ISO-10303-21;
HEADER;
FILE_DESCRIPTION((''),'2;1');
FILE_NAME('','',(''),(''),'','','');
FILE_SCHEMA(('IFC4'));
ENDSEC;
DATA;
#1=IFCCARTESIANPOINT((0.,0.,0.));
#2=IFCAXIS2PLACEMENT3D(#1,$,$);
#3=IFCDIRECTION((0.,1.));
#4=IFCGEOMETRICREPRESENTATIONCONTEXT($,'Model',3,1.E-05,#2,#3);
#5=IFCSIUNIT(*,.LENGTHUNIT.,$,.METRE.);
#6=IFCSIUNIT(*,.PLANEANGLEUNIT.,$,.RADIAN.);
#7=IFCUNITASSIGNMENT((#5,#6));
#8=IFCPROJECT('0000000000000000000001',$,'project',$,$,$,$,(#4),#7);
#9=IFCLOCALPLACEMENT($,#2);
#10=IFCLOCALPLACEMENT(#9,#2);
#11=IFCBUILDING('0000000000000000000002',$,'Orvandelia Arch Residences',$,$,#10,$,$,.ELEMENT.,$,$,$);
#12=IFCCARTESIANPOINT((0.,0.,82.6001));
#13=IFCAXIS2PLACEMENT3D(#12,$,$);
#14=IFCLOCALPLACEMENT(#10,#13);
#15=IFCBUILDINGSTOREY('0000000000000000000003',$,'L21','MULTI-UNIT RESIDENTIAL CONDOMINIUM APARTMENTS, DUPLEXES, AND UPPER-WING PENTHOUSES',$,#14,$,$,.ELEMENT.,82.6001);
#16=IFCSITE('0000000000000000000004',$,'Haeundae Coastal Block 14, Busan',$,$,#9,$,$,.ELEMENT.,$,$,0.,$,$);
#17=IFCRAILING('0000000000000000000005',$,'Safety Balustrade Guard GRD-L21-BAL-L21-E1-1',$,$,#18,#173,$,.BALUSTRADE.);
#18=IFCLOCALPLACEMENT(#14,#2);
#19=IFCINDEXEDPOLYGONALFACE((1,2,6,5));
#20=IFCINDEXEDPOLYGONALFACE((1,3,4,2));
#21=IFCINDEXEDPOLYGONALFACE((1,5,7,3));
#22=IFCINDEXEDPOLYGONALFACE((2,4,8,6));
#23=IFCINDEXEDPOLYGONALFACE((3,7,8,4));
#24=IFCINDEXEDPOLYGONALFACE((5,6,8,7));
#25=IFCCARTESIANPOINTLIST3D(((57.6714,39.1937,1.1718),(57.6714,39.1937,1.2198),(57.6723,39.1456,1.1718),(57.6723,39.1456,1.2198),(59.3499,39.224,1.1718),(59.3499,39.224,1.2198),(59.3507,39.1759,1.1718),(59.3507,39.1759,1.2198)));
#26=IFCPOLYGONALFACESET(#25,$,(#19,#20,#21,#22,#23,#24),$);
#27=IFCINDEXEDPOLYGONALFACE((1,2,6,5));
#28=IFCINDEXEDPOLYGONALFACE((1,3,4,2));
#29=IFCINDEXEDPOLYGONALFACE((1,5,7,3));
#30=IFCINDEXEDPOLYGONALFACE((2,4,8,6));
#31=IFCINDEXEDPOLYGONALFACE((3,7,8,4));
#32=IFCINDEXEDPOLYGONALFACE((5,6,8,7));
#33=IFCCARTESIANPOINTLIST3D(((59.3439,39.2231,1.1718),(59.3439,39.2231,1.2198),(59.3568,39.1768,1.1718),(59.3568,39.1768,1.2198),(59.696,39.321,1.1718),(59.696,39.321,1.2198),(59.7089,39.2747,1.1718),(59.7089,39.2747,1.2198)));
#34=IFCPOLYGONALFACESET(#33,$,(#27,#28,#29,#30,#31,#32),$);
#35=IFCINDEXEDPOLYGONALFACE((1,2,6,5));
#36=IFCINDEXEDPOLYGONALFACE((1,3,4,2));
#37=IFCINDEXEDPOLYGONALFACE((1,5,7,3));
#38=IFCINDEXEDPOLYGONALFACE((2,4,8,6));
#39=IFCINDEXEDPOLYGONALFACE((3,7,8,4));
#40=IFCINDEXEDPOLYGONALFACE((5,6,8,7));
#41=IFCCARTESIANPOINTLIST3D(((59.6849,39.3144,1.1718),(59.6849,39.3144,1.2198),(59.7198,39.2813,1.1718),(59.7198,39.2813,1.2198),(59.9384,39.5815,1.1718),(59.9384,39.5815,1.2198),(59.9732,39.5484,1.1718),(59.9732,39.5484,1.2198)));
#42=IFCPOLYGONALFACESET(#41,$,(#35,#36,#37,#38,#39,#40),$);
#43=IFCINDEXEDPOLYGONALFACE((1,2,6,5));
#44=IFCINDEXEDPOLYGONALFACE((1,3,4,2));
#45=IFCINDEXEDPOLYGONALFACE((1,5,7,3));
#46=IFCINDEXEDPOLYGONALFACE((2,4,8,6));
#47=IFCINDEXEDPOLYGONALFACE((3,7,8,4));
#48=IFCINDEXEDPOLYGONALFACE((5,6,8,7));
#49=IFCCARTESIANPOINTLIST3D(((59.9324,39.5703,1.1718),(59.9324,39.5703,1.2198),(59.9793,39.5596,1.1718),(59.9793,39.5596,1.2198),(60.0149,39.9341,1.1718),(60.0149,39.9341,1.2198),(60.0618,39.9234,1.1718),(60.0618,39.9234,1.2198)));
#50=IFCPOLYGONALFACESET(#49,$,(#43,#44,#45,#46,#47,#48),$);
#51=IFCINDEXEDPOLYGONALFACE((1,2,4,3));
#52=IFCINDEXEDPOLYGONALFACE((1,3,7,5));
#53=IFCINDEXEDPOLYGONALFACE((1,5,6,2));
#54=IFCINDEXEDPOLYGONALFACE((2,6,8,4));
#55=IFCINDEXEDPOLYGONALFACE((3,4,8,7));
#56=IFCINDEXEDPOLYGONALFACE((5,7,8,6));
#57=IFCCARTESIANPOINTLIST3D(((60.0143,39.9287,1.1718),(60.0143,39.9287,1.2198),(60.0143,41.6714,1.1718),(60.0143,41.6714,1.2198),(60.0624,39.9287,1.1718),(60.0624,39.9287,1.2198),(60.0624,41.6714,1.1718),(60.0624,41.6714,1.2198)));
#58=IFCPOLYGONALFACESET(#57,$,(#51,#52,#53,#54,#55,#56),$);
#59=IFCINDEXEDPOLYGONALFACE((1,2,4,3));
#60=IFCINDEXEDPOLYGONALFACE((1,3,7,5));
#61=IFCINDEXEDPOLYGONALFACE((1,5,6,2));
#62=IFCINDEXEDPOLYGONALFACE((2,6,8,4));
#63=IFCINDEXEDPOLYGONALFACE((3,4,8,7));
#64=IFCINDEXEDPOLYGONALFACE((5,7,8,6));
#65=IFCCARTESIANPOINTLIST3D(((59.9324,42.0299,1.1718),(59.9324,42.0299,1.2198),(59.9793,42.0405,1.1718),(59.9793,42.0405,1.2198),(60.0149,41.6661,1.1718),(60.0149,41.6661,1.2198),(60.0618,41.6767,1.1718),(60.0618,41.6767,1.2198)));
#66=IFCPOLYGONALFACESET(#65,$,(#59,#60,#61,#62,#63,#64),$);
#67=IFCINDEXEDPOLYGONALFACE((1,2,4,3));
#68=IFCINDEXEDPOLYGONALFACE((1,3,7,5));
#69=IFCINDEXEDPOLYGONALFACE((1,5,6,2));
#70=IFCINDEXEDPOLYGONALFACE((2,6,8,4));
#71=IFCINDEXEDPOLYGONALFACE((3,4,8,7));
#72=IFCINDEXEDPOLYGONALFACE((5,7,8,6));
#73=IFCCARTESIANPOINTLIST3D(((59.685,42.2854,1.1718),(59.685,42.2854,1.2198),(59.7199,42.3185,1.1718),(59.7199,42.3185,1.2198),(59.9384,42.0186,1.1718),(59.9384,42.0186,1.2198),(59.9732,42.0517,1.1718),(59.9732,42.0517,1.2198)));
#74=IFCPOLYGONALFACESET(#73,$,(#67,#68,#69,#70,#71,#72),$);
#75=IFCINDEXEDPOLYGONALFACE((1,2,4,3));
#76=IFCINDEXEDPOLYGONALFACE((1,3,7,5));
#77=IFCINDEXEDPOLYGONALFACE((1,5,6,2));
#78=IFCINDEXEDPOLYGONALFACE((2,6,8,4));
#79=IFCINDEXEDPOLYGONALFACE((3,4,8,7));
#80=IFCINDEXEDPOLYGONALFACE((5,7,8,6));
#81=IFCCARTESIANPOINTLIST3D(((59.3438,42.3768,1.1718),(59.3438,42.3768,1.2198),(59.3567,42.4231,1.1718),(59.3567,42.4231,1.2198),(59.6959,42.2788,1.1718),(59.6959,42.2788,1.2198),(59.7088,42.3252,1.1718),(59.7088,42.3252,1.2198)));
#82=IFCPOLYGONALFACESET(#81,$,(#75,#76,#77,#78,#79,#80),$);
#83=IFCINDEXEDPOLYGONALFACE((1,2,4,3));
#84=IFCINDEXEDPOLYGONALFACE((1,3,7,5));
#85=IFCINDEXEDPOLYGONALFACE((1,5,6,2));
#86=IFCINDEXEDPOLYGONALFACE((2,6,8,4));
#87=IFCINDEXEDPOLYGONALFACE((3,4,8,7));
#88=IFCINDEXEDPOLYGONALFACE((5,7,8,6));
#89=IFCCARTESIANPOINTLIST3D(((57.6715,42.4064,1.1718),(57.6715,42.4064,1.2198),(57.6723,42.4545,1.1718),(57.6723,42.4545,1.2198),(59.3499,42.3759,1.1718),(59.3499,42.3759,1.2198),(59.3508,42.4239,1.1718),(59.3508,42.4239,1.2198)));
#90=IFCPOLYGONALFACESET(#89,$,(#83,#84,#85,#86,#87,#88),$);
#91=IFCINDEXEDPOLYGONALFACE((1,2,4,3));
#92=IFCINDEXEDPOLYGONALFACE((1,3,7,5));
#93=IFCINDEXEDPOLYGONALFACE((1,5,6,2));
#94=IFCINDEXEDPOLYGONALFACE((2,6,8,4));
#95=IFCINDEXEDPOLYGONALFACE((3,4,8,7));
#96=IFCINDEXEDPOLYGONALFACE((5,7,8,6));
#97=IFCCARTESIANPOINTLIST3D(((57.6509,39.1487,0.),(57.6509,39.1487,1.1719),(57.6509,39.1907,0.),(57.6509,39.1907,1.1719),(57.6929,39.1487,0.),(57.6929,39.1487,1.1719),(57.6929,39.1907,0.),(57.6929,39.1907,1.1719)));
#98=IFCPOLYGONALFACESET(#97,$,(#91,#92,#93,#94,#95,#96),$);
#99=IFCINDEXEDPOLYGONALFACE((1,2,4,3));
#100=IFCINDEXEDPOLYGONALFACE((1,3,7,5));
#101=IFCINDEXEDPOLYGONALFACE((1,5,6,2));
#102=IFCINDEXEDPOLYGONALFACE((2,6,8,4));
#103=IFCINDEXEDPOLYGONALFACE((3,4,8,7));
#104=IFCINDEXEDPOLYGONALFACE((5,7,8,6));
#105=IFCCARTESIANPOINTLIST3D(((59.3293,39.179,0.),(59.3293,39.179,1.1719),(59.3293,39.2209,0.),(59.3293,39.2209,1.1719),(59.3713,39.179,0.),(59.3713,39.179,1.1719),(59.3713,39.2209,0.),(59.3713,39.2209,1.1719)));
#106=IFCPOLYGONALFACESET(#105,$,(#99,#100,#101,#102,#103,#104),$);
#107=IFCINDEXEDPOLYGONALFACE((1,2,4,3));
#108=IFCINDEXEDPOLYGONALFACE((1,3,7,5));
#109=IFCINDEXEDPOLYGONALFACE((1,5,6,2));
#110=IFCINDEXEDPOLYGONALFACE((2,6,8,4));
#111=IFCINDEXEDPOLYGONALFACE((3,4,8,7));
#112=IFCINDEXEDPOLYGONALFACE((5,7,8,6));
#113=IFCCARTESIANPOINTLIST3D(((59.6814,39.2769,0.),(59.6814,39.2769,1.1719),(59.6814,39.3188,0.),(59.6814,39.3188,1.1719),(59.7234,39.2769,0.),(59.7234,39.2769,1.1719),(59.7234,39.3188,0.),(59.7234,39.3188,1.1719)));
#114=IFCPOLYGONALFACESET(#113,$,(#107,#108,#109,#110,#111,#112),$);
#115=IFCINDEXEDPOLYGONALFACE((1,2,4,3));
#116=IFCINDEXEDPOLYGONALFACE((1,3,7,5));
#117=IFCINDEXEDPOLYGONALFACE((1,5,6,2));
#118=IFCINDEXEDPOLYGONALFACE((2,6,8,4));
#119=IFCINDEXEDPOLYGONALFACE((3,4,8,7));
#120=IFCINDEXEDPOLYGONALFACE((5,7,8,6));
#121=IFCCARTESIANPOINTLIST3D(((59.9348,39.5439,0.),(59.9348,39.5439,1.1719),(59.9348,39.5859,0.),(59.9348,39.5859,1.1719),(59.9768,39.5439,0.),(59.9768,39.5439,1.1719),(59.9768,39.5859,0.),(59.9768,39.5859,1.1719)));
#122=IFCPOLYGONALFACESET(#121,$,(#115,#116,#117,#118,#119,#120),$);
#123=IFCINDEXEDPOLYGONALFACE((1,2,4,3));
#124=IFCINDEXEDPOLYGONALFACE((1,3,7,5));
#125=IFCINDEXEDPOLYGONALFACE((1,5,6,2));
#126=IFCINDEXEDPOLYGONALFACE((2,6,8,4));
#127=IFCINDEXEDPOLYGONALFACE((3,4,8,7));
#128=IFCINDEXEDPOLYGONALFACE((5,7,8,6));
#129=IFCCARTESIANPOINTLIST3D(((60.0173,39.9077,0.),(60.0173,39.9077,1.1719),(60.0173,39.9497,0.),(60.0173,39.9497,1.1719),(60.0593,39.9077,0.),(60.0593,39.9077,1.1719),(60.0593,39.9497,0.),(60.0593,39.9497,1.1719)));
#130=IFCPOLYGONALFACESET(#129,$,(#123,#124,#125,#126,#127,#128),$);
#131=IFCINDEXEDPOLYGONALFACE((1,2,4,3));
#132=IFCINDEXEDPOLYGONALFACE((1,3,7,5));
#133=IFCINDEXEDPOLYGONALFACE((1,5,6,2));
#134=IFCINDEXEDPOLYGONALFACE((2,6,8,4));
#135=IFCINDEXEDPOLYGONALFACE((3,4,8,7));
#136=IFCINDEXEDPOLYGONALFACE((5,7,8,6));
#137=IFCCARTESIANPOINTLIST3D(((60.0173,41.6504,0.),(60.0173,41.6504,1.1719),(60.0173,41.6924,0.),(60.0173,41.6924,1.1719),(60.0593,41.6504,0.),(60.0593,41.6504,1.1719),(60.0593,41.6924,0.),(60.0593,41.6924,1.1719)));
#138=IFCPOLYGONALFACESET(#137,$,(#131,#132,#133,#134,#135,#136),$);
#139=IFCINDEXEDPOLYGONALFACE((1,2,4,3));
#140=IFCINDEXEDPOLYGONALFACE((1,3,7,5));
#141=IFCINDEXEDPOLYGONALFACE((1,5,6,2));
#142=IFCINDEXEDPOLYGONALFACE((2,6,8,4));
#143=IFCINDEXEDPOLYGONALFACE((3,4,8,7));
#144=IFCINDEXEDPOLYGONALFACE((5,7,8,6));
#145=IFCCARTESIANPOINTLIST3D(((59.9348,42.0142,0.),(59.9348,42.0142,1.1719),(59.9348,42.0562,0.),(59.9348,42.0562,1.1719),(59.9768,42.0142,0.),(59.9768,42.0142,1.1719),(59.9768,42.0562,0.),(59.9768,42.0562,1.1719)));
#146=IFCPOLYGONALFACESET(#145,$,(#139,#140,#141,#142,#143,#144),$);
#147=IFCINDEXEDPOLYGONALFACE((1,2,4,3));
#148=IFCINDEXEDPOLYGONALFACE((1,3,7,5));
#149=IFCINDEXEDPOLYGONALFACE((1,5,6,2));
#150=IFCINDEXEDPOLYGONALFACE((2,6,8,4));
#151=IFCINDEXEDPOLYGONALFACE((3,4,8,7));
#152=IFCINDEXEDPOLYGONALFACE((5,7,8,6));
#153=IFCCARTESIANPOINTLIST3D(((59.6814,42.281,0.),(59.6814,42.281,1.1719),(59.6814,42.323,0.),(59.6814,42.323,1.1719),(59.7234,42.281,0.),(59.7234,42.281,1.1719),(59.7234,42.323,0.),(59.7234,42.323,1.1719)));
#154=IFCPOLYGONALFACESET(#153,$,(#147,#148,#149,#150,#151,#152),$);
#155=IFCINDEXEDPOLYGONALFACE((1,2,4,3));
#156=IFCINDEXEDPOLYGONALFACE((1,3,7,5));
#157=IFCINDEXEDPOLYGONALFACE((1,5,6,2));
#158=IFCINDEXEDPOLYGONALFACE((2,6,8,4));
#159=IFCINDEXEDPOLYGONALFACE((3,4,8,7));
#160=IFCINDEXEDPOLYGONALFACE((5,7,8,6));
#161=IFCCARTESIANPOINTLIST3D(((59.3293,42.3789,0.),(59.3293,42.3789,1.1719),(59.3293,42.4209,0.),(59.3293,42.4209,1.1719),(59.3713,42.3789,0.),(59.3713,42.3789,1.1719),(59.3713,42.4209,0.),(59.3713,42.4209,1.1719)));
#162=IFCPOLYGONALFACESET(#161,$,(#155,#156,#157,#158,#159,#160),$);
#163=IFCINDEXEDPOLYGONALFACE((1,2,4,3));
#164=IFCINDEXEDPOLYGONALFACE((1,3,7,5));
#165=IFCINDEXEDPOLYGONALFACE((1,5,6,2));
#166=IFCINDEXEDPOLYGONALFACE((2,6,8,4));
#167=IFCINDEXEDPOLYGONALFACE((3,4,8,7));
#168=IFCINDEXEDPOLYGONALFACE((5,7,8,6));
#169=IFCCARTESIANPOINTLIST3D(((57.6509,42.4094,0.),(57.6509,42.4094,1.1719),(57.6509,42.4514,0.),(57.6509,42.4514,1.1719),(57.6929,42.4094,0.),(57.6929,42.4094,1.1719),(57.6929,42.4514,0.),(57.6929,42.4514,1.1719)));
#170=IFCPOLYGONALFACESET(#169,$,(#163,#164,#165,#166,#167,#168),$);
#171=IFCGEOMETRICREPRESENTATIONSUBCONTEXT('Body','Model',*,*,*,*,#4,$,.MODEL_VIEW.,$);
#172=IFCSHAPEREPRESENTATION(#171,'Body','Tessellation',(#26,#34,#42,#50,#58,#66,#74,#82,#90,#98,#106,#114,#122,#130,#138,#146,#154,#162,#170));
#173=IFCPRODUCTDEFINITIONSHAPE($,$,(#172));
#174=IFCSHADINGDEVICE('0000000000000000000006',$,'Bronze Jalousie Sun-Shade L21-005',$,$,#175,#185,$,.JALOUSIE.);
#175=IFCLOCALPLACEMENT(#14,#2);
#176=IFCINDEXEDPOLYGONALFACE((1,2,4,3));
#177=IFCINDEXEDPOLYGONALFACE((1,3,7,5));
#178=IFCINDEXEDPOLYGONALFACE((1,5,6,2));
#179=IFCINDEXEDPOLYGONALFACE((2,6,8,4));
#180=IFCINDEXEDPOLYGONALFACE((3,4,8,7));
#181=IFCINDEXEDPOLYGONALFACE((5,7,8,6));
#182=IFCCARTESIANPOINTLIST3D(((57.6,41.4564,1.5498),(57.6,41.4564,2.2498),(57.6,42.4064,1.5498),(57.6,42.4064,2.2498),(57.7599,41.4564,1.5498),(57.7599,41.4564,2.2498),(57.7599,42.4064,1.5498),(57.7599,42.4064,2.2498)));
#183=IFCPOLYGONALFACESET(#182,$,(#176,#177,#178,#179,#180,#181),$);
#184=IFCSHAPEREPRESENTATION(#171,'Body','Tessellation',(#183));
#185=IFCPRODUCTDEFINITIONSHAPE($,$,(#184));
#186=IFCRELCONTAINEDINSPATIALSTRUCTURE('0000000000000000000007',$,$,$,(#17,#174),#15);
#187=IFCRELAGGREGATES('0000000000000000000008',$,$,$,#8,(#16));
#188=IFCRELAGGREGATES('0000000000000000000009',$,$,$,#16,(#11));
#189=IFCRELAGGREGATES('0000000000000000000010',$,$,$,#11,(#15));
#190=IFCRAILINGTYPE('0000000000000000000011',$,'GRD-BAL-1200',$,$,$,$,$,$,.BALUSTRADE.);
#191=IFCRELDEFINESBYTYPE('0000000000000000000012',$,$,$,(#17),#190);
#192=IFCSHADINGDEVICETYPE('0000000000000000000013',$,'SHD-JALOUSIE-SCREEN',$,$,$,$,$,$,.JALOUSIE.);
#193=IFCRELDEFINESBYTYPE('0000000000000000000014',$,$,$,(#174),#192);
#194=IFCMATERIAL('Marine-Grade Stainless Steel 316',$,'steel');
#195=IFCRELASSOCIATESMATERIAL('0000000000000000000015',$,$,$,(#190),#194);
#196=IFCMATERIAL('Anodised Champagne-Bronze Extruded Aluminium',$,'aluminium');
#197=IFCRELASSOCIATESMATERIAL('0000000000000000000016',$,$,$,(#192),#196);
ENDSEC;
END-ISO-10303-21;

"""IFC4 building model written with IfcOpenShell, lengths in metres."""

from ifc_helpers import new_model, si_unit, direction, frame, origin, origin_2d, place, context, subcontext, project, spatial, rectangle, extrude, material, type_object, element, save


model = new_model("IFC4")

# Units and contexts
model_context = context("Model", 3, precision=1e-05, world=origin(), true_north=direction((0.0, 1.0)))
body_context = subcontext(model_context, "Body", "Model", "MODEL_VIEW")
ifc_project = project(units=[si_unit("LENGTHUNIT", "METRE"), si_unit("PLANEANGLEUNIT", "RADIAN")], contexts=[model_context])

# Site, building, storey
site_placement = place(None, origin())
site = spatial("IfcSite", under=ifc_project, at=site_placement, Name="Haeundae Coastal Block 14, Busan", CompositionType="ELEMENT", RefElevation=0.0)
building_placement = place(site_placement, origin())
building = spatial("IfcBuilding", under=site, at=building_placement, Name="Orvandelia Arch Residences", CompositionType="ELEMENT")
storey_placement = place(building_placement, frame((0.0, 0.0, 82.6001)))
storey = spatial("IfcBuildingStorey", under=building, at=storey_placement, Name="L21", Description="MULTI-UNIT RESIDENTIAL CONDOMINIUM APARTMENTS, DUPLEXES, AND UPPER-WING PENTHOUSES", CompositionType="ELEMENT", Elevation=82.6001)

# Railing
ifc_material_1 = material(Name="Marine-Grade Stainless Steel 316", Category="steel")
railing_type = type_object("IfcRailingType", Name="GRD-BAL-1200", PredefinedType="BALUSTRADE", material=ifc_material_1)
railing_placement = place(storey_placement, frame((57.6719, 39.1697, 0.0)))
element("IfcRailing", 1, at=railing_placement, inside=storey, type_object=railing_type, Name="Safety Balustrade Guard GRD-L21-BAL-L21-E1-1", PredefinedType="BALUSTRADE", context=body_context, shape_type="SweptSolid", body=[
    extrude(rectangle(XDim=0.0481, YDim=0.0481, at=origin_2d()), frame((0.0, 0.0, 1.1958), z_axis=(0.999837, 0.018033, 0.0), x_axis=(-0.018033, 0.999837, 0.0)), (0.0, 0.0, 1.0), 1.6787),
    extrude(rectangle(XDim=0.0481, YDim=0.0481, at=origin_2d()), frame((1.6785, 0.0303, 1.1958), z_axis=(0.963441, 0.26792, 0.0), x_axis=(-0.26792, 0.963441, 0.0)), (0.0, 0.0, 1.0), 0.3655),
    extrude(rectangle(XDim=0.0481, YDim=0.0481, at=origin_2d()), frame((2.0305, 0.1282, 1.1958), z_axis=(0.688296, 0.72543, 0.0), x_axis=(-0.72543, 0.688296, 0.0)), (0.0, 0.0, 1.0), 0.3682),
    extrude(rectangle(XDim=0.0481, YDim=0.0481, at=origin_2d()), frame((2.2839, 0.3953, 1.1958), z_axis=(0.221225, 0.975223, 0.0), x_axis=(-0.975223, 0.221225, 0.0)), (0.0, 0.0, 1.0), 0.373),
    extrude(rectangle(XDim=0.0481, YDim=0.0481, at=origin_2d()), frame((2.3665, 0.759, 1.1958), z_axis=(0.0, 1.0, 0.0), x_axis=(-1.0, 0.0, 0.0)), (0.0, 0.0, 1.0), 1.7427),
    extrude(rectangle(XDim=0.0481, YDim=0.0481, at=origin_2d()), frame((2.3665, 2.5017, 1.1958), z_axis=(-0.221225, 0.975223, 0.0), x_axis=(-0.975223, -0.221225, 0.0)), (0.0, 0.0, 1.0), 0.373),
    extrude(rectangle(XDim=0.0481, YDim=0.0481, at=origin_2d()), frame((2.2839, 2.8655, 1.1958), z_axis=(-0.688627, 0.725115, 0.0), x_axis=(-0.725115, -0.688627, 0.0)), (0.0, 0.0, 1.0), 0.3679),
    extrude(rectangle(XDim=0.0481, YDim=0.0481, at=origin_2d()), frame((2.0305, 3.1323, 1.1958), z_axis=(-0.963441, 0.26792, 0.0), x_axis=(-0.26792, -0.963441, 0.0)), (0.0, 0.0, 1.0), 0.3655),
    extrude(rectangle(XDim=0.0481, YDim=0.0481, at=origin_2d()), frame((1.6785, 3.2302, 1.1958), z_axis=(-0.999835, 0.018179, 0.0), x_axis=(-0.018179, -0.999835, 0.0)), (0.0, 0.0, 1.0), 1.6787),
    extrude(rectangle(XDim=0.042, YDim=0.042, at=origin_2d()), origin(), (0.0, 0.0, 1.0), 1.1719),
    extrude(rectangle(XDim=0.042, YDim=0.042, at=origin_2d()), frame((1.6785, 0.0303, 0.0)), (0.0, 0.0, 1.0), 1.1719),
    extrude(rectangle(XDim=0.042, YDim=0.042, at=origin_2d()), frame((2.0305, 0.1282, 0.0)), (0.0, 0.0, 1.0), 1.1719),
    extrude(rectangle(XDim=0.042, YDim=0.042, at=origin_2d()), frame((2.2839, 0.3953, 0.0)), (0.0, 0.0, 1.0), 1.1719),
    extrude(rectangle(XDim=0.042, YDim=0.042, at=origin_2d()), frame((2.3665, 0.759, 0.0)), (0.0, 0.0, 1.0), 1.1719),
    extrude(rectangle(XDim=0.042, YDim=0.042, at=origin_2d()), frame((2.3665, 2.5017, 0.0)), (0.0, 0.0, 1.0), 1.1719),
    extrude(rectangle(XDim=0.042, YDim=0.042, at=origin_2d()), frame((2.2839, 2.8655, 0.0)), (0.0, 0.0, 1.0), 1.1719),
    extrude(rectangle(XDim=0.042, YDim=0.042, at=origin_2d()), frame((2.0305, 3.1323, 0.0)), (0.0, 0.0, 1.0), 1.1719),
    extrude(rectangle(XDim=0.042, YDim=0.042, at=origin_2d()), frame((1.6785, 3.2302, 0.0)), (0.0, 0.0, 1.0), 1.1719),
    extrude(rectangle(XDim=0.042, YDim=0.042, at=origin_2d()), frame((0.0, 3.2607, 0.0)), (0.0, 0.0, 1.0), 1.1719),
])

# Shading device
ifc_material_2 = material(Name="Anodised Champagne-Bronze Extruded Aluminium", Category="aluminium")
shading_device_type = type_object("IfcShadingDeviceType", Name="SHD-JALOUSIE-SCREEN", PredefinedType="JALOUSIE", material=ifc_material_2)
shading_device_placement = place(storey_placement, frame((57.6799, 41.9314, 1.5498), z_axis=(0.0, 0.0, 1.0), x_axis=(0.0, -1.0, 0.0)))
element("IfcShadingDevice", 2, at=shading_device_placement, inside=storey, type_object=shading_device_type, Name="Bronze Jalousie Sun-Shade L21-005", PredefinedType="JALOUSIE", context=body_context, shape_type="SweptSolid", body=[
    extrude(rectangle(XDim=0.95, YDim=0.1599, at=origin_2d()), origin(), (0.0, 0.0, 1.0), 0.7),
])

save(model, "model.ifc")
